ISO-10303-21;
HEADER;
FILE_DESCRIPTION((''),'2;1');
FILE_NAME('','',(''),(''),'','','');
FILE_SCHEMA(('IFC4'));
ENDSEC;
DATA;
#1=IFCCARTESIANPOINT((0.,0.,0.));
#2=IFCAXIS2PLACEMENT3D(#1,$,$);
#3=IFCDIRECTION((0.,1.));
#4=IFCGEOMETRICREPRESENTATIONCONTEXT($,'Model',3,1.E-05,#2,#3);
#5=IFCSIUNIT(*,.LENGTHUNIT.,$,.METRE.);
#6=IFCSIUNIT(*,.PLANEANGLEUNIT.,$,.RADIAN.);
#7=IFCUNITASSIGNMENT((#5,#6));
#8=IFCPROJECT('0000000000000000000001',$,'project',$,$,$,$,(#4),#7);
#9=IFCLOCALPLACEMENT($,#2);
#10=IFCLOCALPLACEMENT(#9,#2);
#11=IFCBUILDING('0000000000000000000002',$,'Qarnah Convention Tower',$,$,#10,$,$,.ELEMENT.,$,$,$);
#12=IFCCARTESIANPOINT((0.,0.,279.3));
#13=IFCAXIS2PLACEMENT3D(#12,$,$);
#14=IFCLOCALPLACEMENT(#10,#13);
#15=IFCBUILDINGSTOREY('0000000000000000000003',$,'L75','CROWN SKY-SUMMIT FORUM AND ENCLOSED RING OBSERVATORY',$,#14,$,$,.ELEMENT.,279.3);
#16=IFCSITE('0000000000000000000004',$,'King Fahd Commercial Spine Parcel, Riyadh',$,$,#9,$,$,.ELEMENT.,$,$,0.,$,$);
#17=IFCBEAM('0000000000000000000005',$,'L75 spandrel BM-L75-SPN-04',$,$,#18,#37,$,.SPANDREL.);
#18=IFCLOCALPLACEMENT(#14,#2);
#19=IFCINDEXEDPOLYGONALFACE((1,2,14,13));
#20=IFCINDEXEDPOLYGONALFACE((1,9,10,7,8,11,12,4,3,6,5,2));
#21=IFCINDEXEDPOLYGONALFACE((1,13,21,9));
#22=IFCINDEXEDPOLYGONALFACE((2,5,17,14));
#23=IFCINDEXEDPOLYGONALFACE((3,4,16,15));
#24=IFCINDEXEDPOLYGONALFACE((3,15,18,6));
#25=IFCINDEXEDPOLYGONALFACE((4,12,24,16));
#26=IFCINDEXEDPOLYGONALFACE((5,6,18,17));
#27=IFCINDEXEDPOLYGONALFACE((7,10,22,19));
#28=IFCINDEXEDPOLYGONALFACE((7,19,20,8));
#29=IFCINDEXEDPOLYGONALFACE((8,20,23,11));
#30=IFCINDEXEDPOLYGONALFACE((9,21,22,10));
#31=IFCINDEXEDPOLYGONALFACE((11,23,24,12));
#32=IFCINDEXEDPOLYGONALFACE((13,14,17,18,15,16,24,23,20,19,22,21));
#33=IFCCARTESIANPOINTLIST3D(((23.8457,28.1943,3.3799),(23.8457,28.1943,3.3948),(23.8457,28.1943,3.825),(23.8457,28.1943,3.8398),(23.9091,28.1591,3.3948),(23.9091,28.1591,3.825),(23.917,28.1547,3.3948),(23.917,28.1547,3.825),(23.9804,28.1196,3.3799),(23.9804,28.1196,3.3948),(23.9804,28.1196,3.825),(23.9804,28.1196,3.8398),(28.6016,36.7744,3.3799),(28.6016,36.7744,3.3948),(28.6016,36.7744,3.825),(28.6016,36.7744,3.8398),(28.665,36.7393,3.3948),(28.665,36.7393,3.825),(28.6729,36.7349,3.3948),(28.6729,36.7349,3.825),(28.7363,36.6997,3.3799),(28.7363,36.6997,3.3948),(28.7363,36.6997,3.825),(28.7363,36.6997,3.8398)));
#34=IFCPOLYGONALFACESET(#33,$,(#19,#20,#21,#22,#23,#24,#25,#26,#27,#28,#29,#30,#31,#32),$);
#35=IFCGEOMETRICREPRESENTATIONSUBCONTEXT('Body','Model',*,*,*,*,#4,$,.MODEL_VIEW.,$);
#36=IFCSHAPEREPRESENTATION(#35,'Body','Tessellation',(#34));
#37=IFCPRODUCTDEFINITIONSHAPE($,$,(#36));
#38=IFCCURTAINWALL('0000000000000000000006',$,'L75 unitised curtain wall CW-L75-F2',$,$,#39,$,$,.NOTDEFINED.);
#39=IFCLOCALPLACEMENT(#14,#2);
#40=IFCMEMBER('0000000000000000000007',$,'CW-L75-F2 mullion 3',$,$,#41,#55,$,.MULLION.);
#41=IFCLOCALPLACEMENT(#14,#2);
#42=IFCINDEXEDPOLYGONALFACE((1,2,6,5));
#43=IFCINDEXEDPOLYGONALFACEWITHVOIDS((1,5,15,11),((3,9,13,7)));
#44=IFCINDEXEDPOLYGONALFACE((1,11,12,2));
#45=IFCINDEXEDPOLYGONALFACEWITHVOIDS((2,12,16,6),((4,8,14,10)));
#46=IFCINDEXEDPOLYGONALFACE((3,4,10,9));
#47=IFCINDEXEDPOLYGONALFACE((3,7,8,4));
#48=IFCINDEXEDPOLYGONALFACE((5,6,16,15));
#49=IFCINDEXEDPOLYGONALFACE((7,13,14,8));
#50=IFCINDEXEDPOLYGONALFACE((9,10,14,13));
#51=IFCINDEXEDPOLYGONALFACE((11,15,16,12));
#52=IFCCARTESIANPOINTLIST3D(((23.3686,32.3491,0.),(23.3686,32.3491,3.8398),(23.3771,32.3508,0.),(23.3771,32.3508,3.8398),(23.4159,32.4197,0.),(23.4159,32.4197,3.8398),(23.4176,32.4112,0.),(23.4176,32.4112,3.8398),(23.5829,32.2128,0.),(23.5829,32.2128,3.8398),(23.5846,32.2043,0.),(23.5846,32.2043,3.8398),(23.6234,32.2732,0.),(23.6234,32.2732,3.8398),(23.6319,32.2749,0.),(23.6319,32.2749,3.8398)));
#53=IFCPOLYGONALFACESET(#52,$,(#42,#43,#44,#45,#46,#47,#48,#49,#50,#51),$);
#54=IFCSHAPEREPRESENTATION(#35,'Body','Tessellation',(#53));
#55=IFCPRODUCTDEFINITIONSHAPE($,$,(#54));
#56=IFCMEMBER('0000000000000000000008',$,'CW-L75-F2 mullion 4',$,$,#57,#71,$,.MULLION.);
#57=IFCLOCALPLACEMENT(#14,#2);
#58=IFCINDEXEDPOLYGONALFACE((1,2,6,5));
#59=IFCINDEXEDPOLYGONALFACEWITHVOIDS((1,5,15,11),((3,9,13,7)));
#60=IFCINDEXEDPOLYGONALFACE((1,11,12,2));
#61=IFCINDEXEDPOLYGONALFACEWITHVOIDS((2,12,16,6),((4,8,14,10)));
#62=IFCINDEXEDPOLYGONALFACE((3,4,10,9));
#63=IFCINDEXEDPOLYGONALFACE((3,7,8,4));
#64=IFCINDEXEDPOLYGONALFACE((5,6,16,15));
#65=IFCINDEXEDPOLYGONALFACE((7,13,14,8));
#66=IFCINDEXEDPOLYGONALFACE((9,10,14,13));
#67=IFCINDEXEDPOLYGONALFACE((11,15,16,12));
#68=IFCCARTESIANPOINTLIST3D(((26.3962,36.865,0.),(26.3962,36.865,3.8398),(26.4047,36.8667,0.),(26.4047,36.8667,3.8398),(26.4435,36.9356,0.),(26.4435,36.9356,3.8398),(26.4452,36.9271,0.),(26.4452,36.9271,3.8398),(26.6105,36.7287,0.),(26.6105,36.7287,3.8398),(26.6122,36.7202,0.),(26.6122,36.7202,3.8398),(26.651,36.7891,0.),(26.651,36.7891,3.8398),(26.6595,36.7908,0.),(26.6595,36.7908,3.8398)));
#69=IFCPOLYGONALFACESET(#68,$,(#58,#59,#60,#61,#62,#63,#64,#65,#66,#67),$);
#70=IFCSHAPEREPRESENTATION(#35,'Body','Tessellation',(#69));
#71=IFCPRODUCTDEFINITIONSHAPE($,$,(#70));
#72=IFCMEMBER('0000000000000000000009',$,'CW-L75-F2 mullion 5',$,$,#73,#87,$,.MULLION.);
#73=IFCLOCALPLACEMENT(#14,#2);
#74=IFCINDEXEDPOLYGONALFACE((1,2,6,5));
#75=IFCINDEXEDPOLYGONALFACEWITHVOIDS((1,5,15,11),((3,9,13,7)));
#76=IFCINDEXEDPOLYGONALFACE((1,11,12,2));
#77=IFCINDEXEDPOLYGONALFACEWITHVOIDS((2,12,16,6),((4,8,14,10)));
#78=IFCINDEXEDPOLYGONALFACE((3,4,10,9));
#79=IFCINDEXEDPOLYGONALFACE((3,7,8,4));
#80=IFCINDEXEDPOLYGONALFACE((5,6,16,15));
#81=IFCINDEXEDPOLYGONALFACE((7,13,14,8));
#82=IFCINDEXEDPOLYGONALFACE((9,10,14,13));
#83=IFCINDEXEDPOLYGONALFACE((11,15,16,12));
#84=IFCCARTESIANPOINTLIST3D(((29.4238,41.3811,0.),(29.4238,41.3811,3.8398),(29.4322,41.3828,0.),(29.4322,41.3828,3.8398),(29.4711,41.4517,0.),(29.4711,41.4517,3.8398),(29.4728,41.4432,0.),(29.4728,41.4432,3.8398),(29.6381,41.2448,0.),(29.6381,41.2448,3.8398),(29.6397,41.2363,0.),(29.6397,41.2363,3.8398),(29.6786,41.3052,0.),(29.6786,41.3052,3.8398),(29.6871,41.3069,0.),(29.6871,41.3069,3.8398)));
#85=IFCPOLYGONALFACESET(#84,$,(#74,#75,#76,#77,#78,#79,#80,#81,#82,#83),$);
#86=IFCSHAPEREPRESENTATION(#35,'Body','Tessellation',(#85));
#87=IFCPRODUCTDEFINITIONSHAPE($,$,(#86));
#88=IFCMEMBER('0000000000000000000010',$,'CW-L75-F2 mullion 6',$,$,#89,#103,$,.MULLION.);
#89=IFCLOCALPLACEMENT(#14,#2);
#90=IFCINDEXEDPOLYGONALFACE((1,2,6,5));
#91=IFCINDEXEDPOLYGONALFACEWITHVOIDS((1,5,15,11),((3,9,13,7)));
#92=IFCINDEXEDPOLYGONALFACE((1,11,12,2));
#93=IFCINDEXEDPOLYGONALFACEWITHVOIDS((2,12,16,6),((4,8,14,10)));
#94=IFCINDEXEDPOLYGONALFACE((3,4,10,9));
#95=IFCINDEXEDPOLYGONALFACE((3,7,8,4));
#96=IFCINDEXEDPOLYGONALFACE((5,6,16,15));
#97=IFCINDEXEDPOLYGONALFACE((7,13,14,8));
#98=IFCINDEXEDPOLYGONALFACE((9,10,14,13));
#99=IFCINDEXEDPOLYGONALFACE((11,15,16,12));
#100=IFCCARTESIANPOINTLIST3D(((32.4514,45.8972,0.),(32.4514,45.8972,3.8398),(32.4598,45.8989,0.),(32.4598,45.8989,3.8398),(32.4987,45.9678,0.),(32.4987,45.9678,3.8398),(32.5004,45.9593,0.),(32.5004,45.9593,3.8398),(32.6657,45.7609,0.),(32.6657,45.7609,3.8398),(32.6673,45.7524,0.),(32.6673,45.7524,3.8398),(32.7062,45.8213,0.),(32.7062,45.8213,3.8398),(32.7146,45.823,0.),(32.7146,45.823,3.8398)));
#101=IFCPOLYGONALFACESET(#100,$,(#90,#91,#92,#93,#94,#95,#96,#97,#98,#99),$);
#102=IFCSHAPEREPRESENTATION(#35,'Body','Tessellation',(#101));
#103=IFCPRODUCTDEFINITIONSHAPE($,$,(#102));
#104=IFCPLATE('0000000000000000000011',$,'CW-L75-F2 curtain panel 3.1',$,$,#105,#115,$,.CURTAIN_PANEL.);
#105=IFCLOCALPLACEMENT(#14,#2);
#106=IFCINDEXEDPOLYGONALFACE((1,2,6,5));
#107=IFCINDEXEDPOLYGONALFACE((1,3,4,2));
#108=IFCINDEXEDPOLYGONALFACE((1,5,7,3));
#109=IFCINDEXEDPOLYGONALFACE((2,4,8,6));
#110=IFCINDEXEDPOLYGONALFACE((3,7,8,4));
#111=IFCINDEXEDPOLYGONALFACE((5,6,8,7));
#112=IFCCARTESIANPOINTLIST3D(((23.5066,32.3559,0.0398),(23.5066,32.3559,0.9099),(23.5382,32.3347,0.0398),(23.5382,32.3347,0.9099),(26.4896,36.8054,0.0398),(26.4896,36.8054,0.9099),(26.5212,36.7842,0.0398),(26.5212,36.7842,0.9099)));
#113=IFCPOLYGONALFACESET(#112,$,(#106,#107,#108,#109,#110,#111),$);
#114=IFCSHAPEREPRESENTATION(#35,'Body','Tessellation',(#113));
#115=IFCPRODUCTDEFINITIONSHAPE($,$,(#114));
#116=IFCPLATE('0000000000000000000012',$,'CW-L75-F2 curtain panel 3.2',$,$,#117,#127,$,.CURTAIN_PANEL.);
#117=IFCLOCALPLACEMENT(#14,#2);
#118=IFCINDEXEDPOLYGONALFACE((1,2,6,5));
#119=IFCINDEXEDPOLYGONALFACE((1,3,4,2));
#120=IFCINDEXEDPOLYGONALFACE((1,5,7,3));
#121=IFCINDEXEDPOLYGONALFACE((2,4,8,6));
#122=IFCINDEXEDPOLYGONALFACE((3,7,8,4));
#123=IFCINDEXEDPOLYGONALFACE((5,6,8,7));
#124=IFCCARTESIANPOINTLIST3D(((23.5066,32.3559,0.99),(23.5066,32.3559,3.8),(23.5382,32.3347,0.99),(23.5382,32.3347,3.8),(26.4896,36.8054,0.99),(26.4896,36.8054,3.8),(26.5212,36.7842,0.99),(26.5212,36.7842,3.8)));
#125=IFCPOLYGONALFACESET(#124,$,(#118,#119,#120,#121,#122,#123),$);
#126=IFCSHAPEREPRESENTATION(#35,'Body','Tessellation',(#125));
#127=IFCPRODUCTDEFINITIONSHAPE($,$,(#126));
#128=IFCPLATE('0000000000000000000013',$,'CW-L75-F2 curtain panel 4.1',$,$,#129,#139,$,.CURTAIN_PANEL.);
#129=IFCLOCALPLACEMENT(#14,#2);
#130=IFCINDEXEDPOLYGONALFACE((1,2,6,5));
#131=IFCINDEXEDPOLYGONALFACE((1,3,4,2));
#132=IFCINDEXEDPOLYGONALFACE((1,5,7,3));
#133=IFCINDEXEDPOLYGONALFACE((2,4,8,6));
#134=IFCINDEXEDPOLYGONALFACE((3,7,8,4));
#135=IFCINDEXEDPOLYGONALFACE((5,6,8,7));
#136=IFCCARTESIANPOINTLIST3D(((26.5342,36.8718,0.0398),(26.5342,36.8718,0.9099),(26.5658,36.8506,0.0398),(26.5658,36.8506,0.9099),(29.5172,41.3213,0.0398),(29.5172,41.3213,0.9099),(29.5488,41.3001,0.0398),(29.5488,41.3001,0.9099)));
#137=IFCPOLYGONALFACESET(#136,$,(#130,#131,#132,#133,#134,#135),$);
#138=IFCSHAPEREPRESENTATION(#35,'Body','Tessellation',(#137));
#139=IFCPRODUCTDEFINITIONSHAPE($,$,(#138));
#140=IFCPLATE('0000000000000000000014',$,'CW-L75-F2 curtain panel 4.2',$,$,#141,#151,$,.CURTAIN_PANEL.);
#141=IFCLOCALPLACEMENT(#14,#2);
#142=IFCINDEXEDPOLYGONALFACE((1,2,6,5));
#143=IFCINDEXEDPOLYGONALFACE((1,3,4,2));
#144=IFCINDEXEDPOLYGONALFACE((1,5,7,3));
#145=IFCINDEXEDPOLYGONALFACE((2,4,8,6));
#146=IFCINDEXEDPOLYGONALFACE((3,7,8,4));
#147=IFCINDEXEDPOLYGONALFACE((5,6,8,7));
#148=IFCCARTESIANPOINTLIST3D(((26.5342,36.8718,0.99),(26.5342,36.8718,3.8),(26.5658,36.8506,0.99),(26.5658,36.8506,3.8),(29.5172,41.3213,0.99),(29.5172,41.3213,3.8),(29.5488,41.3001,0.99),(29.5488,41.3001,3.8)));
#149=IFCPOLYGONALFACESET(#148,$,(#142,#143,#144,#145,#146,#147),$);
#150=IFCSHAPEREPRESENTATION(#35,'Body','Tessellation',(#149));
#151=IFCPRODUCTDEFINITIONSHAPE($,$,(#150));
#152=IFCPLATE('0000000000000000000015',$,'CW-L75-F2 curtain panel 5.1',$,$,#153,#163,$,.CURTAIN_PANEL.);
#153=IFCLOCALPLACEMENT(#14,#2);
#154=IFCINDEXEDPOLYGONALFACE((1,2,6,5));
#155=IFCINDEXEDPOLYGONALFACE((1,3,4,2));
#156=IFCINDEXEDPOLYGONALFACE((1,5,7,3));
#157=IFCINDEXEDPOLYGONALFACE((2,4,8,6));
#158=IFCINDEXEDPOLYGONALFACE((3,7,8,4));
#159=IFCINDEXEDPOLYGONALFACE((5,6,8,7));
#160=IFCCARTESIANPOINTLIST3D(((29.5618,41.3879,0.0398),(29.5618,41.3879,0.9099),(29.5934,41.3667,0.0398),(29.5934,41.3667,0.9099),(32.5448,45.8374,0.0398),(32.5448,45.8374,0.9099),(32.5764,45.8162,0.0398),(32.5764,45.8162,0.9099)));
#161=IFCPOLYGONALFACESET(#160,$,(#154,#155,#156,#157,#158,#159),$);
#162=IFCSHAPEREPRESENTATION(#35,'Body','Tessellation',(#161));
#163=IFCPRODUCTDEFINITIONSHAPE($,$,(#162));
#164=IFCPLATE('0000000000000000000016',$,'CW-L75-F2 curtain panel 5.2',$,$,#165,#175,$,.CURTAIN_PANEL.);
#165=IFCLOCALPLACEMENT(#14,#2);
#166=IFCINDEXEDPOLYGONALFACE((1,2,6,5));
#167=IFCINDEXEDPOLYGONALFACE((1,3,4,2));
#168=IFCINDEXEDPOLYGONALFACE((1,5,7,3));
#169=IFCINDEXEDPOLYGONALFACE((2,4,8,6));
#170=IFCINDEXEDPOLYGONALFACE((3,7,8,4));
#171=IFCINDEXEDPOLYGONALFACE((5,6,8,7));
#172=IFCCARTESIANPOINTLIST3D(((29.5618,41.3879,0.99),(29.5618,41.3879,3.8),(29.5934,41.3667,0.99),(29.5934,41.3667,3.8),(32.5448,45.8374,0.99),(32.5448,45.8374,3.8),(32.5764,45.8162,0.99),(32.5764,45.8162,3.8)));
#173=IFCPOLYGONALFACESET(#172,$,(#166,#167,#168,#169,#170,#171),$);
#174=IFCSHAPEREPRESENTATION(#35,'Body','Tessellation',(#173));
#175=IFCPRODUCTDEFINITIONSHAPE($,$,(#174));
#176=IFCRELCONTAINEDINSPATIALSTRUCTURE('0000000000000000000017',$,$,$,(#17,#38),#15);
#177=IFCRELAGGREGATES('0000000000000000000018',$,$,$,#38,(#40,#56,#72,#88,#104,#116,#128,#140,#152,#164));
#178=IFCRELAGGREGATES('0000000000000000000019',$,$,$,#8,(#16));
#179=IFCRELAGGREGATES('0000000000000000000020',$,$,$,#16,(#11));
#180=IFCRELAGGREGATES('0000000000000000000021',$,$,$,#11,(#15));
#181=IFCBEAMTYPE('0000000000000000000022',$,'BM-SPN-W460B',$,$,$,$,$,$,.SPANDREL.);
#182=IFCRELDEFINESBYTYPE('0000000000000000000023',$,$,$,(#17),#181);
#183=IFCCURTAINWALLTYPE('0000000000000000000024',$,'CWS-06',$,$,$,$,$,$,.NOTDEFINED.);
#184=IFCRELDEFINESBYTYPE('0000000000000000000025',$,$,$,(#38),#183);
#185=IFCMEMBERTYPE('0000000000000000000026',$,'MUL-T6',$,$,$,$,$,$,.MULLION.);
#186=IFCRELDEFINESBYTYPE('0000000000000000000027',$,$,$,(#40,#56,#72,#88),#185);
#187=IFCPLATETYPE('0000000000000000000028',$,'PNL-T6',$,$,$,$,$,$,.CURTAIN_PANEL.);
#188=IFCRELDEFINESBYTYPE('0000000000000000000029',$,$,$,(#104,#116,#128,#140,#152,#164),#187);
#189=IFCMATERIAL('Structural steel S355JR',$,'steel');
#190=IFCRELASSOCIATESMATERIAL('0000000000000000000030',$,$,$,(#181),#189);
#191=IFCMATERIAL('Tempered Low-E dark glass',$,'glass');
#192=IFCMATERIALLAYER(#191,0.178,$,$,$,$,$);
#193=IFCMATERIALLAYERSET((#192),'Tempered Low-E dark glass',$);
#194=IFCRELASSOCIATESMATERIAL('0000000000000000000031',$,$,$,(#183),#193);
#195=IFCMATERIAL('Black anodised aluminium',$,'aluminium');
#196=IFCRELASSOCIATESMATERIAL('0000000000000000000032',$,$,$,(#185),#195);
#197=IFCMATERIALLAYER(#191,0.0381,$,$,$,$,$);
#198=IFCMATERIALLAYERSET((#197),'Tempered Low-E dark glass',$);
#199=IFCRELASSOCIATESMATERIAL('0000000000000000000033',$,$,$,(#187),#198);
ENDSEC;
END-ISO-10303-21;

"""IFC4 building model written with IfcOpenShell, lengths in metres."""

from ifc_helpers import new_model, si_unit, direction, frame, origin, origin_2d, place, context, subcontext, project, spatial, rectangle, hollow_rectangle, i_section, extrude, material, layer, layer_set, material_profile, profile_set, type_object, element, aggregate, save


model = new_model("IFC4")

# Units and contexts
model_context = context("Model", 3, precision=1e-05, world=origin(), true_north=direction((0.0, 1.0)))
body_context = subcontext(model_context, "Body", "Model", "MODEL_VIEW")
ifc_project = project(units=[si_unit("LENGTHUNIT", "METRE"), si_unit("PLANEANGLEUNIT", "RADIAN")], contexts=[model_context])

# Site, building, storey
site_placement = place(None, origin())
site = spatial("IfcSite", under=ifc_project, at=site_placement, Name="King Fahd Commercial Spine Parcel, Riyadh", CompositionType="ELEMENT", RefElevation=0.0)
building_placement = place(site_placement, origin())
building = spatial("IfcBuilding", under=site, at=building_placement, Name="Qarnah Convention Tower", CompositionType="ELEMENT")
storey_placement = place(building_placement, frame((0.0, 0.0, 279.3)))
storey = spatial("IfcBuildingStorey", under=building, at=storey_placement, Name="L75", Description="CROWN SKY-SUMMIT FORUM AND ENCLOSED RING OBSERVATORY", CompositionType="ELEMENT", Elevation=279.3)

# Beam
ifc_material_1 = material(Name="Structural steel S355JR", Category="steel")
ifc_material_profile_1 = material_profile(ifc_material_1, i_section(OverallWidth=0.1541, OverallDepth=0.46, WebThickness=0.009, FlangeThickness=0.0149, at=origin_2d()), Name="W460X68")
ifc_profile_set_1 = profile_set([ifc_material_profile_1], Name="Structural steel S355JR")
beam_type_1 = type_object("IfcBeamType", Name="BM-SPN-W460B", PredefinedType="SPANDREL", material=ifc_profile_set_1)
beam_1_placement = place(storey_placement, frame((28.6689, 36.7371, 3.6099), z_axis=(-0.484797, -0.874626, 0.0), x_axis=(0.874626, -0.484797, 0.0)))
element("IfcBeam", 1, at=beam_1_placement, inside=storey, type_object=beam_type_1, Name="L75 spandrel BM-L75-SPN-04", PredefinedType="SPANDREL", context=body_context, shape_type="SweptSolid", body=[
    extrude(i_section(OverallWidth=0.1541, OverallDepth=0.46, WebThickness=0.009, FlangeThickness=0.0149, at=origin_2d()), origin(), (0.0, 0.0, 1.0), 9.8101),
])

# Curtain wall, members, plates
ifc_material_2 = material(Name="Tempered Low-E dark glass", Category="glass")
ifc_layer_1 = layer(ifc_material_2, 0.178)
ifc_layer_set_1 = layer_set([ifc_layer_1], Name="Tempered Low-E dark glass")
curtain_wall_type = type_object("IfcCurtainWallType", Name="CWS-06", PredefinedType="NOTDEFINED", material=ifc_layer_set_1)
curtain_wall_placement = place(storey_placement, origin())
curtain_wall = element("IfcCurtainWall", 2, at=curtain_wall_placement, inside=storey, type_object=curtain_wall_type, Name="L75 unitised curtain wall CW-L75-F2", PredefinedType="NOTDEFINED")
ifc_material_3 = material(Name="Black anodised aluminium", Category="aluminium")
ifc_material_profile_2 = material_profile(ifc_material_3, hollow_rectangle(XDim=0.085, YDim=0.26, WallThickness=0.0061, at=origin_2d()), Name="MUL-85X260")
ifc_profile_set_2 = profile_set([ifc_material_profile_2], Name="Black anodised aluminium")
member_type = type_object("IfcMemberType", Name="MUL-T6", PredefinedType="MULLION", material=ifc_profile_set_2)
member_1_placement = place(storey_placement, frame((23.5002, 32.312, 0.0), z_axis=(0.0, 0.0, 1.0), x_axis=(0.556855, 0.83061, 0.0)))
member_1 = element("IfcMember", 3, at=member_1_placement, type_object=member_type, Name="CW-L75-F2 mullion 3", PredefinedType="MULLION", context=body_context, shape_type="SweptSolid", body=[
    extrude(hollow_rectangle(XDim=0.085, YDim=0.26, WallThickness=0.0061, at=origin_2d()), origin(), (0.0, 0.0, 1.0), 3.8398),
])
member_2_placement = place(storey_placement, frame((26.5278, 36.8279, 0.0), z_axis=(0.0, 0.0, 1.0), x_axis=(0.556855, 0.83061, 0.0)))
member_2 = element("IfcMember", 4, at=member_2_placement, type_object=member_type, Name="CW-L75-F2 mullion 4", PredefinedType="MULLION", context=body_context, shape_type="SweptSolid", body=[
    extrude(hollow_rectangle(XDim=0.085, YDim=0.26, WallThickness=0.0061, at=origin_2d()), origin(), (0.0, 0.0, 1.0), 3.8398),
])
member_3_placement = place(storey_placement, frame((29.5554, 41.344, 0.0), z_axis=(0.0, 0.0, 1.0), x_axis=(0.556855, 0.83061, 0.0)))
member_3 = element("IfcMember", 5, at=member_3_placement, type_object=member_type, Name="CW-L75-F2 mullion 5", PredefinedType="MULLION", context=body_context, shape_type="SweptSolid", body=[
    extrude(hollow_rectangle(XDim=0.085, YDim=0.26, WallThickness=0.0061, at=origin_2d()), origin(), (0.0, 0.0, 1.0), 3.8398),
])
member_4_placement = place(storey_placement, frame((32.583, 45.8601, 0.0), z_axis=(0.0, 0.0, 1.0), x_axis=(0.556855, 0.83061, 0.0)))
member_4 = element("IfcMember", 6, at=member_4_placement, type_object=member_type, Name="CW-L75-F2 mullion 6", PredefinedType="MULLION", context=body_context, shape_type="SweptSolid", body=[
    extrude(hollow_rectangle(XDim=0.085, YDim=0.26, WallThickness=0.0061, at=origin_2d()), origin(), (0.0, 0.0, 1.0), 3.8398),
])
ifc_layer_2 = layer(ifc_material_2, 0.0381)
ifc_layer_set_2 = layer_set([ifc_layer_2], Name="Tempered Low-E dark glass")
plate_type = type_object("IfcPlateType", Name="PNL-T6", PredefinedType="CURTAIN_PANEL", material=ifc_layer_set_2)
plate_1_placement = place(storey_placement, frame((25.0139, 34.5701, 0.0398), z_axis=(0.0, 0.0, 1.0), x_axis=(0.556855, 0.83061, 0.0)))
plate_1 = element("IfcPlate", 7, at=plate_1_placement, type_object=plate_type, Name="CW-L75-F2 curtain panel 3.1", PredefinedType="CURTAIN_PANEL", context=body_context, shape_type="SweptSolid", body=[
    extrude(rectangle(XDim=5.3569, YDim=0.0381, at=origin_2d()), origin(), (0.0, 0.0, 1.0), 0.8701),
])
plate_2_placement = place(storey_placement, frame((25.0139, 34.5701, 0.99), z_axis=(0.0, 0.0, 1.0), x_axis=(0.556855, 0.83061, 0.0)))
plate_2 = element("IfcPlate", 8, at=plate_2_placement, type_object=plate_type, Name="CW-L75-F2 curtain panel 3.2", PredefinedType="CURTAIN_PANEL", context=body_context, shape_type="SweptSolid", body=[
    extrude(rectangle(XDim=5.3569, YDim=0.0381, at=origin_2d()), origin(), (0.0, 0.0, 1.0), 2.8101),
])
plate_3_placement = place(storey_placement, frame((28.0415, 39.0859, 0.0398), z_axis=(0.0, 0.0, 1.0), x_axis=(0.556855, 0.83061, 0.0)))
plate_3 = element("IfcPlate", 9, at=plate_3_placement, type_object=plate_type, Name="CW-L75-F2 curtain panel 4.1", PredefinedType="CURTAIN_PANEL", context=body_context, shape_type="SweptSolid", body=[
    extrude(rectangle(XDim=5.3569, YDim=0.0381, at=origin_2d()), origin(), (0.0, 0.0, 1.0), 0.8701),
])
plate_4_placement = place(storey_placement, frame((28.0415, 39.0859, 0.99), z_axis=(0.0, 0.0, 1.0), x_axis=(0.556855, 0.83061, 0.0)))
plate_4 = element("IfcPlate", 10, at=plate_4_placement, type_object=plate_type, Name="CW-L75-F2 curtain panel 4.2", PredefinedType="CURTAIN_PANEL", context=body_context, shape_type="SweptSolid", body=[
    extrude(rectangle(XDim=5.3569, YDim=0.0381, at=origin_2d()), origin(), (0.0, 0.0, 1.0), 2.8101),
])
plate_5_placement = place(storey_placement, frame((31.0691, 43.6021, 0.0398), z_axis=(0.0, 0.0, 1.0), x_axis=(0.556855, 0.83061, 0.0)))
plate_5 = element("IfcPlate", 11, at=plate_5_placement, type_object=plate_type, Name="CW-L75-F2 curtain panel 5.1", PredefinedType="CURTAIN_PANEL", context=body_context, shape_type="SweptSolid", body=[
    extrude(rectangle(XDim=5.3569, YDim=0.0381, at=origin_2d()), origin(), (0.0, 0.0, 1.0), 0.8701),
])
plate_6_placement = place(storey_placement, frame((31.0691, 43.6021, 0.99), z_axis=(0.0, 0.0, 1.0), x_axis=(0.556855, 0.83061, 0.0)))
plate_6 = element("IfcPlate", 12, at=plate_6_placement, type_object=plate_type, Name="CW-L75-F2 curtain panel 5.2", PredefinedType="CURTAIN_PANEL", context=body_context, shape_type="SweptSolid", body=[
    extrude(rectangle(XDim=5.3569, YDim=0.0381, at=origin_2d()), origin(), (0.0, 0.0, 1.0), 2.8101),
])
aggregate(curtain_wall, [member_1, member_2, member_3, member_4, plate_1, plate_2, plate_3, plate_4, plate_5, plate_6])

save(model, "model.ifc")
